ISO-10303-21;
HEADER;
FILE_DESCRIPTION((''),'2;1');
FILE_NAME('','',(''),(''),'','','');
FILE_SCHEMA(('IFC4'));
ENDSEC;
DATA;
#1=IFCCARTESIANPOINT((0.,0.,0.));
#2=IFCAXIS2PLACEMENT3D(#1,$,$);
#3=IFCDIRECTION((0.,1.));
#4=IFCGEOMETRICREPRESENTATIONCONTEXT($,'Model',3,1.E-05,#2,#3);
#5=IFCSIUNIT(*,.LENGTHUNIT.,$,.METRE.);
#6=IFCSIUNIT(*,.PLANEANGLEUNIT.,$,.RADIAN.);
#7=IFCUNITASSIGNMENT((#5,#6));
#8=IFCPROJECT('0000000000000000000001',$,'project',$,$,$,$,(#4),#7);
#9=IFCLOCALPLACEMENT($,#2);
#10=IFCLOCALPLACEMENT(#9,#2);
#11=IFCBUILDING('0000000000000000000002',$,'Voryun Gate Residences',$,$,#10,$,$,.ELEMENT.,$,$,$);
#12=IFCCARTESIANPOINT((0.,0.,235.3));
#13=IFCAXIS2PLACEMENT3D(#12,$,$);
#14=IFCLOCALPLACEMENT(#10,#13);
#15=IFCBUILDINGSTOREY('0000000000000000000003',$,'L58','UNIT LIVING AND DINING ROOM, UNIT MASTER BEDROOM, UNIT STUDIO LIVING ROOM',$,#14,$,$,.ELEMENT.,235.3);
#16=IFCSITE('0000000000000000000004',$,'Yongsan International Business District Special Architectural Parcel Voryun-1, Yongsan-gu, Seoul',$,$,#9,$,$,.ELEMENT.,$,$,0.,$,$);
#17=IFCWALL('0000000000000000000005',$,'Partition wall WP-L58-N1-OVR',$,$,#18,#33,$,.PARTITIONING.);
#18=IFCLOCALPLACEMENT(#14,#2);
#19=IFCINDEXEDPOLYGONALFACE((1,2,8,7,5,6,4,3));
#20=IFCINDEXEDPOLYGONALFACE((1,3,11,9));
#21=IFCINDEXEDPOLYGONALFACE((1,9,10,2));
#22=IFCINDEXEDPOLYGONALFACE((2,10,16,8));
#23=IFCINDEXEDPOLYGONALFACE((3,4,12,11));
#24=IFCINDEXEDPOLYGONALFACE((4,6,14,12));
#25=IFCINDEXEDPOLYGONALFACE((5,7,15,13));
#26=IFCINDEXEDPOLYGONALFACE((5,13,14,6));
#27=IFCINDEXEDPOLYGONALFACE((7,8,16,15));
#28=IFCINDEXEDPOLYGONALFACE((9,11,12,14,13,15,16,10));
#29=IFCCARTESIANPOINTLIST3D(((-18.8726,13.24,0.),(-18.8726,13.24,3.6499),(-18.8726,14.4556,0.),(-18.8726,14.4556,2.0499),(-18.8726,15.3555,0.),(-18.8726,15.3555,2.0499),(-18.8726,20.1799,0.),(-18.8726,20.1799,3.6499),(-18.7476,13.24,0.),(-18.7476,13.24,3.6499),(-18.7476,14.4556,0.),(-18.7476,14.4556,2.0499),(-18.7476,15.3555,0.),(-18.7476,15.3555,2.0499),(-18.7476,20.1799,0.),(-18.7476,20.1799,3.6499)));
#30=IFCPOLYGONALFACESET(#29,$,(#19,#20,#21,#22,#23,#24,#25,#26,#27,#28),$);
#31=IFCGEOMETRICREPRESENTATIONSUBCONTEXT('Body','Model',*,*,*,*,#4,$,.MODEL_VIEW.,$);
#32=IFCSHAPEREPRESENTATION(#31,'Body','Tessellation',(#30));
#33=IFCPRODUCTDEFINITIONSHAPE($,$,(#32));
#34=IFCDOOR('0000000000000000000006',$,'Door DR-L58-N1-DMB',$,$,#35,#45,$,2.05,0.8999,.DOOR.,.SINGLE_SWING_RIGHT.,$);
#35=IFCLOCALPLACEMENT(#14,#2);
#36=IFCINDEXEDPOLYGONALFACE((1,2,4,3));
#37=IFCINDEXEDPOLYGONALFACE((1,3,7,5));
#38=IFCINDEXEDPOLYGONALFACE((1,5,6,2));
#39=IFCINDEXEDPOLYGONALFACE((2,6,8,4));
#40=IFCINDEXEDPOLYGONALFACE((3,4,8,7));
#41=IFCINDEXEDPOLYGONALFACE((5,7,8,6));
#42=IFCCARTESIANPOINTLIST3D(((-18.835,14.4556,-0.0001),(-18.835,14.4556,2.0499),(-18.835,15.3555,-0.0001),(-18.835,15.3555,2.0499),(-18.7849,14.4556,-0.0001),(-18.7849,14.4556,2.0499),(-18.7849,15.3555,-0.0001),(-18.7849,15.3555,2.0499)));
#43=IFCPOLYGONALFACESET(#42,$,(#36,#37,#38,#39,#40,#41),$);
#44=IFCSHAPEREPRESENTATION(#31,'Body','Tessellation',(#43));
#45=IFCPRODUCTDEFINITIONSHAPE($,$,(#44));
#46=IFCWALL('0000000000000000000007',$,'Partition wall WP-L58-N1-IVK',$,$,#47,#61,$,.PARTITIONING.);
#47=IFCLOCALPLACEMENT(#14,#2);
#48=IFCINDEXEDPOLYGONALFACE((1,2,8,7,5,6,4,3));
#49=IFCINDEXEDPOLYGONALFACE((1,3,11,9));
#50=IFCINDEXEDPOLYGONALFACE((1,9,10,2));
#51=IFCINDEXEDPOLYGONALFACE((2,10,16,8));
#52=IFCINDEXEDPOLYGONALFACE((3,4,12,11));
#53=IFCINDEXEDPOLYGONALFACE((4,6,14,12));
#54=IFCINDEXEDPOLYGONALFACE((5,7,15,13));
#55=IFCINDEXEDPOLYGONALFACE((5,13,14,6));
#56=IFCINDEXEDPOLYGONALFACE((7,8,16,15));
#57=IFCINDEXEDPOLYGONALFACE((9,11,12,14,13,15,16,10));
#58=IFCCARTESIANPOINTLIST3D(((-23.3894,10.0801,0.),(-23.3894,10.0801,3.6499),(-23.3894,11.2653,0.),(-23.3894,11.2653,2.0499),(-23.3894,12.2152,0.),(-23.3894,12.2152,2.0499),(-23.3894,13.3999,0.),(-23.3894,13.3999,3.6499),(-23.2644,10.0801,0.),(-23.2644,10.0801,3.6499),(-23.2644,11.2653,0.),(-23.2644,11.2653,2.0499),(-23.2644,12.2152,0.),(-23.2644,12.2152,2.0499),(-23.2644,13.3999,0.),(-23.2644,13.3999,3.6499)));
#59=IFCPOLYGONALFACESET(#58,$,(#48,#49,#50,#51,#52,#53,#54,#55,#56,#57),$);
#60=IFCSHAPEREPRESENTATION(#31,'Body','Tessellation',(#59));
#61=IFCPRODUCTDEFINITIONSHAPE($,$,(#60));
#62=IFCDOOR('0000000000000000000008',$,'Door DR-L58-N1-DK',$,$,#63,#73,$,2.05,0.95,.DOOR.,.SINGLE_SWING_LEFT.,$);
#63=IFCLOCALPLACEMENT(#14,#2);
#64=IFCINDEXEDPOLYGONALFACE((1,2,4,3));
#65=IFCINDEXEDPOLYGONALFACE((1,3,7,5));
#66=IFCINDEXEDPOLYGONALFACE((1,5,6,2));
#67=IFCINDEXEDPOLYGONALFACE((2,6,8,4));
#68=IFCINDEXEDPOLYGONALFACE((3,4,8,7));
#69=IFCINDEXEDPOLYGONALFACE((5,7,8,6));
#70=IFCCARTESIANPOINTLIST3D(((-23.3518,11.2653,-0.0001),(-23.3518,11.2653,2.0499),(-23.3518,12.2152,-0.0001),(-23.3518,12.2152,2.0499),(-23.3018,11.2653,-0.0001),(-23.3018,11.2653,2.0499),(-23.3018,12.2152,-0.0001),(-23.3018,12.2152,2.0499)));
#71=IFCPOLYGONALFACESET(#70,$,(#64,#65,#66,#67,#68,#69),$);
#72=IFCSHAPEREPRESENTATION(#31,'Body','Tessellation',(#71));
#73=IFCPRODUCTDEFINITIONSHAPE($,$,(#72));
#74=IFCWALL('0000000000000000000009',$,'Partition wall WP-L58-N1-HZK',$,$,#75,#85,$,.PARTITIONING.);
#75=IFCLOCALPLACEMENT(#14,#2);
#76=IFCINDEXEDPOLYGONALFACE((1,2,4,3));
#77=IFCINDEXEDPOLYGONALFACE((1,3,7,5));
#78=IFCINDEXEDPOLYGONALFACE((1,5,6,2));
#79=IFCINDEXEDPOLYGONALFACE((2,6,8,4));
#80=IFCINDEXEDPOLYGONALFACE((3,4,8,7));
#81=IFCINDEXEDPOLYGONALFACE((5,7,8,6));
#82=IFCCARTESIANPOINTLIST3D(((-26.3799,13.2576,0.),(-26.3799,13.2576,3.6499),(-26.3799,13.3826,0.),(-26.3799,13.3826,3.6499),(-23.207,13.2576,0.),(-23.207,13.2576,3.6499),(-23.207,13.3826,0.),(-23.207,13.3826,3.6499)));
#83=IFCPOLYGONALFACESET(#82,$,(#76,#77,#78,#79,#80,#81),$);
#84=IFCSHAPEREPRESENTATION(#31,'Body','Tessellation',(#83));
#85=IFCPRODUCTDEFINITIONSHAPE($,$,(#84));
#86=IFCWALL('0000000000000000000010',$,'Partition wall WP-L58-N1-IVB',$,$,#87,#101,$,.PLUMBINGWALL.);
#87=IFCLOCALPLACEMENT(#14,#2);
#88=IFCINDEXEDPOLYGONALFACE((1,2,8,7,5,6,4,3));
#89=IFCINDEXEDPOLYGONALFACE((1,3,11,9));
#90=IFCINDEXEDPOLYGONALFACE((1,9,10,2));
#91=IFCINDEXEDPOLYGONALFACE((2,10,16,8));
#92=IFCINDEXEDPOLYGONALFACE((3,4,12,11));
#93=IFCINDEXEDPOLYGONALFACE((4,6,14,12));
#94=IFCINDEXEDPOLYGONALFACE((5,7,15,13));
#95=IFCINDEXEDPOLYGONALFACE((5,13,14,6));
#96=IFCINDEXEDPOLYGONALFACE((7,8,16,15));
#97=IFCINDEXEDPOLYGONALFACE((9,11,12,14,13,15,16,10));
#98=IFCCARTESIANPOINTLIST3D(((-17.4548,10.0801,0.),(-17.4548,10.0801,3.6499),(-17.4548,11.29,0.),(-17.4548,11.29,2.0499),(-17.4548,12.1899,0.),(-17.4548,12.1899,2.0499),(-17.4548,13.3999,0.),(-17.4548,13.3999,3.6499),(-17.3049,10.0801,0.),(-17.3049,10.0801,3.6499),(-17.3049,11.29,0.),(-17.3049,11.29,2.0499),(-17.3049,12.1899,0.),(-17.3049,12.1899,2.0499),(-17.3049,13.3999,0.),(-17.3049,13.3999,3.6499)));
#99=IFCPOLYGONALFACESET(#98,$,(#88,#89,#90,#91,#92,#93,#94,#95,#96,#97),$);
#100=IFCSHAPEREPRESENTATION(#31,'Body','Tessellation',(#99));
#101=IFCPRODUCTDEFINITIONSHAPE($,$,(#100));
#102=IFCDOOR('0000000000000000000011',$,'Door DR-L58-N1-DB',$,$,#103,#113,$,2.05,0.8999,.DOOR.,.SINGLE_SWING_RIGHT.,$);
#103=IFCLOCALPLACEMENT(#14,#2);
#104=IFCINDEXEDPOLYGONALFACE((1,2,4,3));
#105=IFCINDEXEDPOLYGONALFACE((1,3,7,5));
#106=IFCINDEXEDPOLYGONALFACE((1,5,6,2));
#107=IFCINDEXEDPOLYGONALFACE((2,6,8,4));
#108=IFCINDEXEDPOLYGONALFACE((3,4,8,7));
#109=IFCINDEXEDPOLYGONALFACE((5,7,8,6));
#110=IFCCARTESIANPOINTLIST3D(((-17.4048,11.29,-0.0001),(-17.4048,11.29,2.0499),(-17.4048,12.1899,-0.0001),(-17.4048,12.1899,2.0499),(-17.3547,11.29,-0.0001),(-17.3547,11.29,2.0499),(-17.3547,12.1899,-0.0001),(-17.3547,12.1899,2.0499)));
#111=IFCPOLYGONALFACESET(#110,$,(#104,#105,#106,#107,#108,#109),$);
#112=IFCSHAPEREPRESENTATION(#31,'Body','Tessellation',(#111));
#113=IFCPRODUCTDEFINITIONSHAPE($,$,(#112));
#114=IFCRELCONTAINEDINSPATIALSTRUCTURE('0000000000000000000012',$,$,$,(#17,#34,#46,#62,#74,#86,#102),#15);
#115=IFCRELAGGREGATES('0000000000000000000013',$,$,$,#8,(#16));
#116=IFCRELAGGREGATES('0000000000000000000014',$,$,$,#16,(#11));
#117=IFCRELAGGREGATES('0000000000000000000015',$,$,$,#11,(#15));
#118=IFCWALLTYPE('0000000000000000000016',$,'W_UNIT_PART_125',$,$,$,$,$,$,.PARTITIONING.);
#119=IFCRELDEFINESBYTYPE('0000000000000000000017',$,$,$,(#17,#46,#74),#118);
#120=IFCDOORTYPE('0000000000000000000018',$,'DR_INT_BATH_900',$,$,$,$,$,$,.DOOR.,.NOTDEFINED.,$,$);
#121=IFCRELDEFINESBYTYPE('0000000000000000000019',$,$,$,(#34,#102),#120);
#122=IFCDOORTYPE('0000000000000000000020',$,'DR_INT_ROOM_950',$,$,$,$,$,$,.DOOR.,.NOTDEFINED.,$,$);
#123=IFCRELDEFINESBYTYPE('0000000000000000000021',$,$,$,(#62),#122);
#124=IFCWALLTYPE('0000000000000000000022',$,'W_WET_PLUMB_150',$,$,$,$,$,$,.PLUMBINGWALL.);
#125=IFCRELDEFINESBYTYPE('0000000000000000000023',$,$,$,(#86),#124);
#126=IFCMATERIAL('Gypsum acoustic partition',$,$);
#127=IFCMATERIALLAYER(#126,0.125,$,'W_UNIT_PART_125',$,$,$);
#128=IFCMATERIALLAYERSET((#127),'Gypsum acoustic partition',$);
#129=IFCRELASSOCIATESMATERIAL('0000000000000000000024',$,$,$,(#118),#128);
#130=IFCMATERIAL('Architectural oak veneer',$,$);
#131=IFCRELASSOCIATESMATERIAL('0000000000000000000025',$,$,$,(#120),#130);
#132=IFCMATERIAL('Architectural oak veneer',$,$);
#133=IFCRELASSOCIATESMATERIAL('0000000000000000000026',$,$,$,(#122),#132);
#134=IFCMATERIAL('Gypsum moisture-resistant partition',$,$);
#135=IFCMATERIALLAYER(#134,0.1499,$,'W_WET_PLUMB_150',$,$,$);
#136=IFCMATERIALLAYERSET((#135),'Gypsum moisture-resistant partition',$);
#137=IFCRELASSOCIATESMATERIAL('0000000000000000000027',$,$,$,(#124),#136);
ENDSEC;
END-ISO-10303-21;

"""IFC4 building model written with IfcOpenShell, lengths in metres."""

from ifc_helpers import new_model, si_unit, direction, frame, frame_2d, origin, place, context, subcontext, project, spatial, rectangle, extrude, material, layer, layer_set, type_object, element, fill, save


model = new_model("IFC4")

# Units and contexts
model_context = context("Model", 3, precision=1e-05, world=origin(), true_north=direction((0.0, 1.0)))
body_context = subcontext(model_context, "Body", "Model", "MODEL_VIEW")
ifc_project = project(units=[si_unit("LENGTHUNIT", "METRE"), si_unit("PLANEANGLEUNIT", "RADIAN")], contexts=[model_context])

# Site, building, storey
site_placement = place(None, origin())
site = spatial("IfcSite", under=ifc_project, at=site_placement, Name="Yongsan International Business District Special Architectural Parcel Voryun-1, Yongsan-gu, Seoul", CompositionType="ELEMENT", RefElevation=0.0)
building_placement = place(site_placement, origin())
building = spatial("IfcBuilding", under=site, at=building_placement, Name="Voryun Gate Residences", CompositionType="ELEMENT")
storey_placement = place(building_placement, frame((0.0, 0.0, 235.3)))
storey = spatial("IfcBuildingStorey", under=building, at=storey_placement, Name="L58", Description="UNIT LIVING AND DINING ROOM, UNIT MASTER BEDROOM, UNIT STUDIO LIVING ROOM", CompositionType="ELEMENT", Elevation=235.3)

# Walls, openings, doors
ifc_material_1 = material(Name="Gypsum acoustic partition")
ifc_layer_1 = layer(ifc_material_1, 0.125, Name="W_UNIT_PART_125")
ifc_layer_set_1 = layer_set([ifc_layer_1], Name="Gypsum acoustic partition")
wall_type_1 = type_object("IfcWallType", Name="W_UNIT_PART_125", PredefinedType="PARTITIONING", material=ifc_layer_set_1)
wall_1_placement = place(storey_placement, frame((-18.8101, 13.24, 0.0), z_axis=(0.0, 0.0, 1.0), x_axis=(0.0, 1.0, 0.0)))
wall_1 = element("IfcWall", 1, at=wall_1_placement, inside=storey, type_object=wall_type_1, Name="Partition wall WP-L58-N1-OVR", PredefinedType="PARTITIONING", context=body_context, shape_type="SweptSolid", body=[
    extrude(rectangle(XDim=6.9399, YDim=0.125, at=frame_2d((3.47, 0.0))), origin(), (0.0, 0.0, 1.0), 3.6499),
])
opening_1_placement = place(wall_1_placement, frame((1.2156, 0.0, 0.0)))
opening_1 = element("IfcOpeningElement", 2, at=opening_1_placement, cuts=wall_1, PredefinedType="OPENING", context=body_context, shape_type="SweptSolid", body=[
    extrude(rectangle(XDim=0.8999, YDim=2.05, at=frame_2d((0.45, 1.0249))), frame((0.0, 0.0725, 0.0), z_axis=(0.0, -1.0, 0.0), x_axis=(1.0, 0.0, 0.0)), (0.0, 0.0, 1.0), 0.145),
])
ifc_material_2 = material(Name="Architectural oak veneer")
door_type_1 = type_object("IfcDoorType", Name="DR_INT_BATH_900", OperationType="NOTDEFINED", PredefinedType="DOOR", material=ifc_material_2)
door_1_placement = place(opening_1_placement, origin())
door_1 = element("IfcDoor", 3, at=door_1_placement, inside=storey, type_object=door_type_1, Name="Door DR-L58-N1-DMB", OperationType="SINGLE_SWING_RIGHT", OverallHeight=2.05, OverallWidth=0.8999, PredefinedType="DOOR", context=body_context, shape_type="SweptSolid", body=[
    extrude(rectangle(XDim=0.8999, YDim=2.05, at=frame_2d((0.45, 1.0249))), frame((0.0, 0.0249, 0.0), z_axis=(0.0, -1.0, 0.0), x_axis=(1.0, 0.0, 0.0)), (0.0, 0.0, 1.0), 0.05),
])
fill(opening_1, door_1)
wall_2_placement = place(storey_placement, frame((-23.3269, 10.0801, 0.0), z_axis=(0.0, 0.0, 1.0), x_axis=(0.0, 1.0, 0.0)))
wall_2 = element("IfcWall", 4, at=wall_2_placement, inside=storey, type_object=wall_type_1, Name="Partition wall WP-L58-N1-IVK", PredefinedType="PARTITIONING", context=body_context, shape_type="SweptSolid", body=[
    extrude(rectangle(XDim=3.3198, YDim=0.125, at=frame_2d((1.6599, 0.0))), origin(), (0.0, 0.0, 1.0), 3.6499),
])
opening_2_placement = place(wall_2_placement, frame((1.1851, 0.0, 0.0)))
opening_2 = element("IfcOpeningElement", 5, at=opening_2_placement, cuts=wall_2, PredefinedType="OPENING", context=body_context, shape_type="SweptSolid", body=[
    extrude(rectangle(XDim=0.95, YDim=2.05, at=frame_2d((0.4751, 1.0249))), frame((0.0, 0.0725, 0.0), z_axis=(0.0, -1.0, 0.0), x_axis=(1.0, 0.0, 0.0)), (0.0, 0.0, 1.0), 0.145),
])
ifc_material_3 = material(Name="Architectural oak veneer")
door_type_2 = type_object("IfcDoorType", Name="DR_INT_ROOM_950", OperationType="NOTDEFINED", PredefinedType="DOOR", material=ifc_material_3)
door_2_placement = place(opening_2_placement, origin())
door_2 = element("IfcDoor", 6, at=door_2_placement, inside=storey, type_object=door_type_2, Name="Door DR-L58-N1-DK", OperationType="SINGLE_SWING_LEFT", OverallHeight=2.05, OverallWidth=0.95, PredefinedType="DOOR", context=body_context, shape_type="SweptSolid", body=[
    extrude(rectangle(XDim=0.95, YDim=2.05, at=frame_2d((0.4751, 1.0249))), frame((0.0, 0.0249, 0.0), z_axis=(0.0, -1.0, 0.0), x_axis=(1.0, 0.0, 0.0)), (0.0, 0.0, 1.0), 0.05),
])
fill(opening_2, door_2)

# Wall
wall_3_placement = place(storey_placement, frame((-26.3799, 13.3201, 0.0), z_axis=(0.0, 0.0, 1.0), x_axis=(1.0, 0.0, 0.0)))
element("IfcWall", 7, at=wall_3_placement, inside=storey, type_object=wall_type_1, Name="Partition wall WP-L58-N1-HZK", PredefinedType="PARTITIONING", context=body_context, shape_type="SweptSolid", body=[
    extrude(rectangle(XDim=3.1729, YDim=0.125, at=frame_2d((1.5864, 0.0))), origin(), (0.0, 0.0, 1.0), 3.6499),
])

# Wall, opening, door
ifc_material_4 = material(Name="Gypsum moisture-resistant partition")
ifc_layer_2 = layer(ifc_material_4, 0.1499, Name="W_WET_PLUMB_150")
ifc_layer_set_2 = layer_set([ifc_layer_2], Name="Gypsum moisture-resistant partition")
wall_type_2 = type_object("IfcWallType", Name="W_WET_PLUMB_150", PredefinedType="PLUMBINGWALL", material=ifc_layer_set_2)
wall_4_placement = place(storey_placement, frame((-17.3799, 10.0801, 0.0), z_axis=(0.0, 0.0, 1.0), x_axis=(0.0, 1.0, 0.0)))
wall_4 = element("IfcWall", 8, at=wall_4_placement, inside=storey, type_object=wall_type_2, Name="Partition wall WP-L58-N1-IVB", PredefinedType="PLUMBINGWALL", context=body_context, shape_type="SweptSolid", body=[
    extrude(rectangle(XDim=3.3198, YDim=0.1499, at=frame_2d((1.6599, 0.0))), origin(), (0.0, 0.0, 1.0), 3.6499),
])
opening_3_placement = place(wall_4_placement, frame((1.21, 0.0, 0.0)))
opening_3 = element("IfcOpeningElement", 9, at=opening_3_placement, cuts=wall_4, PredefinedType="OPENING", context=body_context, shape_type="SweptSolid", body=[
    extrude(rectangle(XDim=0.8999, YDim=2.05, at=frame_2d((0.45, 1.0249))), frame((0.0, 0.085, 0.0), z_axis=(0.0, -1.0, 0.0), x_axis=(1.0, 0.0, 0.0)), (0.0, 0.0, 1.0), 0.1699),
])
door_3_placement = place(opening_3_placement, origin())
door_3 = element("IfcDoor", 10, at=door_3_placement, inside=storey, type_object=door_type_1, Name="Door DR-L58-N1-DB", OperationType="SINGLE_SWING_RIGHT", OverallHeight=2.05, OverallWidth=0.8999, PredefinedType="DOOR", context=body_context, shape_type="SweptSolid", body=[
    extrude(rectangle(XDim=0.8999, YDim=2.05, at=frame_2d((0.45, 1.0249))), frame((0.0, 0.0249, 0.0), z_axis=(0.0, -1.0, 0.0), x_axis=(1.0, 0.0, 0.0)), (0.0, 0.0, 1.0), 0.05),
])
fill(opening_3, door_3)

save(model, "model.ifc")
